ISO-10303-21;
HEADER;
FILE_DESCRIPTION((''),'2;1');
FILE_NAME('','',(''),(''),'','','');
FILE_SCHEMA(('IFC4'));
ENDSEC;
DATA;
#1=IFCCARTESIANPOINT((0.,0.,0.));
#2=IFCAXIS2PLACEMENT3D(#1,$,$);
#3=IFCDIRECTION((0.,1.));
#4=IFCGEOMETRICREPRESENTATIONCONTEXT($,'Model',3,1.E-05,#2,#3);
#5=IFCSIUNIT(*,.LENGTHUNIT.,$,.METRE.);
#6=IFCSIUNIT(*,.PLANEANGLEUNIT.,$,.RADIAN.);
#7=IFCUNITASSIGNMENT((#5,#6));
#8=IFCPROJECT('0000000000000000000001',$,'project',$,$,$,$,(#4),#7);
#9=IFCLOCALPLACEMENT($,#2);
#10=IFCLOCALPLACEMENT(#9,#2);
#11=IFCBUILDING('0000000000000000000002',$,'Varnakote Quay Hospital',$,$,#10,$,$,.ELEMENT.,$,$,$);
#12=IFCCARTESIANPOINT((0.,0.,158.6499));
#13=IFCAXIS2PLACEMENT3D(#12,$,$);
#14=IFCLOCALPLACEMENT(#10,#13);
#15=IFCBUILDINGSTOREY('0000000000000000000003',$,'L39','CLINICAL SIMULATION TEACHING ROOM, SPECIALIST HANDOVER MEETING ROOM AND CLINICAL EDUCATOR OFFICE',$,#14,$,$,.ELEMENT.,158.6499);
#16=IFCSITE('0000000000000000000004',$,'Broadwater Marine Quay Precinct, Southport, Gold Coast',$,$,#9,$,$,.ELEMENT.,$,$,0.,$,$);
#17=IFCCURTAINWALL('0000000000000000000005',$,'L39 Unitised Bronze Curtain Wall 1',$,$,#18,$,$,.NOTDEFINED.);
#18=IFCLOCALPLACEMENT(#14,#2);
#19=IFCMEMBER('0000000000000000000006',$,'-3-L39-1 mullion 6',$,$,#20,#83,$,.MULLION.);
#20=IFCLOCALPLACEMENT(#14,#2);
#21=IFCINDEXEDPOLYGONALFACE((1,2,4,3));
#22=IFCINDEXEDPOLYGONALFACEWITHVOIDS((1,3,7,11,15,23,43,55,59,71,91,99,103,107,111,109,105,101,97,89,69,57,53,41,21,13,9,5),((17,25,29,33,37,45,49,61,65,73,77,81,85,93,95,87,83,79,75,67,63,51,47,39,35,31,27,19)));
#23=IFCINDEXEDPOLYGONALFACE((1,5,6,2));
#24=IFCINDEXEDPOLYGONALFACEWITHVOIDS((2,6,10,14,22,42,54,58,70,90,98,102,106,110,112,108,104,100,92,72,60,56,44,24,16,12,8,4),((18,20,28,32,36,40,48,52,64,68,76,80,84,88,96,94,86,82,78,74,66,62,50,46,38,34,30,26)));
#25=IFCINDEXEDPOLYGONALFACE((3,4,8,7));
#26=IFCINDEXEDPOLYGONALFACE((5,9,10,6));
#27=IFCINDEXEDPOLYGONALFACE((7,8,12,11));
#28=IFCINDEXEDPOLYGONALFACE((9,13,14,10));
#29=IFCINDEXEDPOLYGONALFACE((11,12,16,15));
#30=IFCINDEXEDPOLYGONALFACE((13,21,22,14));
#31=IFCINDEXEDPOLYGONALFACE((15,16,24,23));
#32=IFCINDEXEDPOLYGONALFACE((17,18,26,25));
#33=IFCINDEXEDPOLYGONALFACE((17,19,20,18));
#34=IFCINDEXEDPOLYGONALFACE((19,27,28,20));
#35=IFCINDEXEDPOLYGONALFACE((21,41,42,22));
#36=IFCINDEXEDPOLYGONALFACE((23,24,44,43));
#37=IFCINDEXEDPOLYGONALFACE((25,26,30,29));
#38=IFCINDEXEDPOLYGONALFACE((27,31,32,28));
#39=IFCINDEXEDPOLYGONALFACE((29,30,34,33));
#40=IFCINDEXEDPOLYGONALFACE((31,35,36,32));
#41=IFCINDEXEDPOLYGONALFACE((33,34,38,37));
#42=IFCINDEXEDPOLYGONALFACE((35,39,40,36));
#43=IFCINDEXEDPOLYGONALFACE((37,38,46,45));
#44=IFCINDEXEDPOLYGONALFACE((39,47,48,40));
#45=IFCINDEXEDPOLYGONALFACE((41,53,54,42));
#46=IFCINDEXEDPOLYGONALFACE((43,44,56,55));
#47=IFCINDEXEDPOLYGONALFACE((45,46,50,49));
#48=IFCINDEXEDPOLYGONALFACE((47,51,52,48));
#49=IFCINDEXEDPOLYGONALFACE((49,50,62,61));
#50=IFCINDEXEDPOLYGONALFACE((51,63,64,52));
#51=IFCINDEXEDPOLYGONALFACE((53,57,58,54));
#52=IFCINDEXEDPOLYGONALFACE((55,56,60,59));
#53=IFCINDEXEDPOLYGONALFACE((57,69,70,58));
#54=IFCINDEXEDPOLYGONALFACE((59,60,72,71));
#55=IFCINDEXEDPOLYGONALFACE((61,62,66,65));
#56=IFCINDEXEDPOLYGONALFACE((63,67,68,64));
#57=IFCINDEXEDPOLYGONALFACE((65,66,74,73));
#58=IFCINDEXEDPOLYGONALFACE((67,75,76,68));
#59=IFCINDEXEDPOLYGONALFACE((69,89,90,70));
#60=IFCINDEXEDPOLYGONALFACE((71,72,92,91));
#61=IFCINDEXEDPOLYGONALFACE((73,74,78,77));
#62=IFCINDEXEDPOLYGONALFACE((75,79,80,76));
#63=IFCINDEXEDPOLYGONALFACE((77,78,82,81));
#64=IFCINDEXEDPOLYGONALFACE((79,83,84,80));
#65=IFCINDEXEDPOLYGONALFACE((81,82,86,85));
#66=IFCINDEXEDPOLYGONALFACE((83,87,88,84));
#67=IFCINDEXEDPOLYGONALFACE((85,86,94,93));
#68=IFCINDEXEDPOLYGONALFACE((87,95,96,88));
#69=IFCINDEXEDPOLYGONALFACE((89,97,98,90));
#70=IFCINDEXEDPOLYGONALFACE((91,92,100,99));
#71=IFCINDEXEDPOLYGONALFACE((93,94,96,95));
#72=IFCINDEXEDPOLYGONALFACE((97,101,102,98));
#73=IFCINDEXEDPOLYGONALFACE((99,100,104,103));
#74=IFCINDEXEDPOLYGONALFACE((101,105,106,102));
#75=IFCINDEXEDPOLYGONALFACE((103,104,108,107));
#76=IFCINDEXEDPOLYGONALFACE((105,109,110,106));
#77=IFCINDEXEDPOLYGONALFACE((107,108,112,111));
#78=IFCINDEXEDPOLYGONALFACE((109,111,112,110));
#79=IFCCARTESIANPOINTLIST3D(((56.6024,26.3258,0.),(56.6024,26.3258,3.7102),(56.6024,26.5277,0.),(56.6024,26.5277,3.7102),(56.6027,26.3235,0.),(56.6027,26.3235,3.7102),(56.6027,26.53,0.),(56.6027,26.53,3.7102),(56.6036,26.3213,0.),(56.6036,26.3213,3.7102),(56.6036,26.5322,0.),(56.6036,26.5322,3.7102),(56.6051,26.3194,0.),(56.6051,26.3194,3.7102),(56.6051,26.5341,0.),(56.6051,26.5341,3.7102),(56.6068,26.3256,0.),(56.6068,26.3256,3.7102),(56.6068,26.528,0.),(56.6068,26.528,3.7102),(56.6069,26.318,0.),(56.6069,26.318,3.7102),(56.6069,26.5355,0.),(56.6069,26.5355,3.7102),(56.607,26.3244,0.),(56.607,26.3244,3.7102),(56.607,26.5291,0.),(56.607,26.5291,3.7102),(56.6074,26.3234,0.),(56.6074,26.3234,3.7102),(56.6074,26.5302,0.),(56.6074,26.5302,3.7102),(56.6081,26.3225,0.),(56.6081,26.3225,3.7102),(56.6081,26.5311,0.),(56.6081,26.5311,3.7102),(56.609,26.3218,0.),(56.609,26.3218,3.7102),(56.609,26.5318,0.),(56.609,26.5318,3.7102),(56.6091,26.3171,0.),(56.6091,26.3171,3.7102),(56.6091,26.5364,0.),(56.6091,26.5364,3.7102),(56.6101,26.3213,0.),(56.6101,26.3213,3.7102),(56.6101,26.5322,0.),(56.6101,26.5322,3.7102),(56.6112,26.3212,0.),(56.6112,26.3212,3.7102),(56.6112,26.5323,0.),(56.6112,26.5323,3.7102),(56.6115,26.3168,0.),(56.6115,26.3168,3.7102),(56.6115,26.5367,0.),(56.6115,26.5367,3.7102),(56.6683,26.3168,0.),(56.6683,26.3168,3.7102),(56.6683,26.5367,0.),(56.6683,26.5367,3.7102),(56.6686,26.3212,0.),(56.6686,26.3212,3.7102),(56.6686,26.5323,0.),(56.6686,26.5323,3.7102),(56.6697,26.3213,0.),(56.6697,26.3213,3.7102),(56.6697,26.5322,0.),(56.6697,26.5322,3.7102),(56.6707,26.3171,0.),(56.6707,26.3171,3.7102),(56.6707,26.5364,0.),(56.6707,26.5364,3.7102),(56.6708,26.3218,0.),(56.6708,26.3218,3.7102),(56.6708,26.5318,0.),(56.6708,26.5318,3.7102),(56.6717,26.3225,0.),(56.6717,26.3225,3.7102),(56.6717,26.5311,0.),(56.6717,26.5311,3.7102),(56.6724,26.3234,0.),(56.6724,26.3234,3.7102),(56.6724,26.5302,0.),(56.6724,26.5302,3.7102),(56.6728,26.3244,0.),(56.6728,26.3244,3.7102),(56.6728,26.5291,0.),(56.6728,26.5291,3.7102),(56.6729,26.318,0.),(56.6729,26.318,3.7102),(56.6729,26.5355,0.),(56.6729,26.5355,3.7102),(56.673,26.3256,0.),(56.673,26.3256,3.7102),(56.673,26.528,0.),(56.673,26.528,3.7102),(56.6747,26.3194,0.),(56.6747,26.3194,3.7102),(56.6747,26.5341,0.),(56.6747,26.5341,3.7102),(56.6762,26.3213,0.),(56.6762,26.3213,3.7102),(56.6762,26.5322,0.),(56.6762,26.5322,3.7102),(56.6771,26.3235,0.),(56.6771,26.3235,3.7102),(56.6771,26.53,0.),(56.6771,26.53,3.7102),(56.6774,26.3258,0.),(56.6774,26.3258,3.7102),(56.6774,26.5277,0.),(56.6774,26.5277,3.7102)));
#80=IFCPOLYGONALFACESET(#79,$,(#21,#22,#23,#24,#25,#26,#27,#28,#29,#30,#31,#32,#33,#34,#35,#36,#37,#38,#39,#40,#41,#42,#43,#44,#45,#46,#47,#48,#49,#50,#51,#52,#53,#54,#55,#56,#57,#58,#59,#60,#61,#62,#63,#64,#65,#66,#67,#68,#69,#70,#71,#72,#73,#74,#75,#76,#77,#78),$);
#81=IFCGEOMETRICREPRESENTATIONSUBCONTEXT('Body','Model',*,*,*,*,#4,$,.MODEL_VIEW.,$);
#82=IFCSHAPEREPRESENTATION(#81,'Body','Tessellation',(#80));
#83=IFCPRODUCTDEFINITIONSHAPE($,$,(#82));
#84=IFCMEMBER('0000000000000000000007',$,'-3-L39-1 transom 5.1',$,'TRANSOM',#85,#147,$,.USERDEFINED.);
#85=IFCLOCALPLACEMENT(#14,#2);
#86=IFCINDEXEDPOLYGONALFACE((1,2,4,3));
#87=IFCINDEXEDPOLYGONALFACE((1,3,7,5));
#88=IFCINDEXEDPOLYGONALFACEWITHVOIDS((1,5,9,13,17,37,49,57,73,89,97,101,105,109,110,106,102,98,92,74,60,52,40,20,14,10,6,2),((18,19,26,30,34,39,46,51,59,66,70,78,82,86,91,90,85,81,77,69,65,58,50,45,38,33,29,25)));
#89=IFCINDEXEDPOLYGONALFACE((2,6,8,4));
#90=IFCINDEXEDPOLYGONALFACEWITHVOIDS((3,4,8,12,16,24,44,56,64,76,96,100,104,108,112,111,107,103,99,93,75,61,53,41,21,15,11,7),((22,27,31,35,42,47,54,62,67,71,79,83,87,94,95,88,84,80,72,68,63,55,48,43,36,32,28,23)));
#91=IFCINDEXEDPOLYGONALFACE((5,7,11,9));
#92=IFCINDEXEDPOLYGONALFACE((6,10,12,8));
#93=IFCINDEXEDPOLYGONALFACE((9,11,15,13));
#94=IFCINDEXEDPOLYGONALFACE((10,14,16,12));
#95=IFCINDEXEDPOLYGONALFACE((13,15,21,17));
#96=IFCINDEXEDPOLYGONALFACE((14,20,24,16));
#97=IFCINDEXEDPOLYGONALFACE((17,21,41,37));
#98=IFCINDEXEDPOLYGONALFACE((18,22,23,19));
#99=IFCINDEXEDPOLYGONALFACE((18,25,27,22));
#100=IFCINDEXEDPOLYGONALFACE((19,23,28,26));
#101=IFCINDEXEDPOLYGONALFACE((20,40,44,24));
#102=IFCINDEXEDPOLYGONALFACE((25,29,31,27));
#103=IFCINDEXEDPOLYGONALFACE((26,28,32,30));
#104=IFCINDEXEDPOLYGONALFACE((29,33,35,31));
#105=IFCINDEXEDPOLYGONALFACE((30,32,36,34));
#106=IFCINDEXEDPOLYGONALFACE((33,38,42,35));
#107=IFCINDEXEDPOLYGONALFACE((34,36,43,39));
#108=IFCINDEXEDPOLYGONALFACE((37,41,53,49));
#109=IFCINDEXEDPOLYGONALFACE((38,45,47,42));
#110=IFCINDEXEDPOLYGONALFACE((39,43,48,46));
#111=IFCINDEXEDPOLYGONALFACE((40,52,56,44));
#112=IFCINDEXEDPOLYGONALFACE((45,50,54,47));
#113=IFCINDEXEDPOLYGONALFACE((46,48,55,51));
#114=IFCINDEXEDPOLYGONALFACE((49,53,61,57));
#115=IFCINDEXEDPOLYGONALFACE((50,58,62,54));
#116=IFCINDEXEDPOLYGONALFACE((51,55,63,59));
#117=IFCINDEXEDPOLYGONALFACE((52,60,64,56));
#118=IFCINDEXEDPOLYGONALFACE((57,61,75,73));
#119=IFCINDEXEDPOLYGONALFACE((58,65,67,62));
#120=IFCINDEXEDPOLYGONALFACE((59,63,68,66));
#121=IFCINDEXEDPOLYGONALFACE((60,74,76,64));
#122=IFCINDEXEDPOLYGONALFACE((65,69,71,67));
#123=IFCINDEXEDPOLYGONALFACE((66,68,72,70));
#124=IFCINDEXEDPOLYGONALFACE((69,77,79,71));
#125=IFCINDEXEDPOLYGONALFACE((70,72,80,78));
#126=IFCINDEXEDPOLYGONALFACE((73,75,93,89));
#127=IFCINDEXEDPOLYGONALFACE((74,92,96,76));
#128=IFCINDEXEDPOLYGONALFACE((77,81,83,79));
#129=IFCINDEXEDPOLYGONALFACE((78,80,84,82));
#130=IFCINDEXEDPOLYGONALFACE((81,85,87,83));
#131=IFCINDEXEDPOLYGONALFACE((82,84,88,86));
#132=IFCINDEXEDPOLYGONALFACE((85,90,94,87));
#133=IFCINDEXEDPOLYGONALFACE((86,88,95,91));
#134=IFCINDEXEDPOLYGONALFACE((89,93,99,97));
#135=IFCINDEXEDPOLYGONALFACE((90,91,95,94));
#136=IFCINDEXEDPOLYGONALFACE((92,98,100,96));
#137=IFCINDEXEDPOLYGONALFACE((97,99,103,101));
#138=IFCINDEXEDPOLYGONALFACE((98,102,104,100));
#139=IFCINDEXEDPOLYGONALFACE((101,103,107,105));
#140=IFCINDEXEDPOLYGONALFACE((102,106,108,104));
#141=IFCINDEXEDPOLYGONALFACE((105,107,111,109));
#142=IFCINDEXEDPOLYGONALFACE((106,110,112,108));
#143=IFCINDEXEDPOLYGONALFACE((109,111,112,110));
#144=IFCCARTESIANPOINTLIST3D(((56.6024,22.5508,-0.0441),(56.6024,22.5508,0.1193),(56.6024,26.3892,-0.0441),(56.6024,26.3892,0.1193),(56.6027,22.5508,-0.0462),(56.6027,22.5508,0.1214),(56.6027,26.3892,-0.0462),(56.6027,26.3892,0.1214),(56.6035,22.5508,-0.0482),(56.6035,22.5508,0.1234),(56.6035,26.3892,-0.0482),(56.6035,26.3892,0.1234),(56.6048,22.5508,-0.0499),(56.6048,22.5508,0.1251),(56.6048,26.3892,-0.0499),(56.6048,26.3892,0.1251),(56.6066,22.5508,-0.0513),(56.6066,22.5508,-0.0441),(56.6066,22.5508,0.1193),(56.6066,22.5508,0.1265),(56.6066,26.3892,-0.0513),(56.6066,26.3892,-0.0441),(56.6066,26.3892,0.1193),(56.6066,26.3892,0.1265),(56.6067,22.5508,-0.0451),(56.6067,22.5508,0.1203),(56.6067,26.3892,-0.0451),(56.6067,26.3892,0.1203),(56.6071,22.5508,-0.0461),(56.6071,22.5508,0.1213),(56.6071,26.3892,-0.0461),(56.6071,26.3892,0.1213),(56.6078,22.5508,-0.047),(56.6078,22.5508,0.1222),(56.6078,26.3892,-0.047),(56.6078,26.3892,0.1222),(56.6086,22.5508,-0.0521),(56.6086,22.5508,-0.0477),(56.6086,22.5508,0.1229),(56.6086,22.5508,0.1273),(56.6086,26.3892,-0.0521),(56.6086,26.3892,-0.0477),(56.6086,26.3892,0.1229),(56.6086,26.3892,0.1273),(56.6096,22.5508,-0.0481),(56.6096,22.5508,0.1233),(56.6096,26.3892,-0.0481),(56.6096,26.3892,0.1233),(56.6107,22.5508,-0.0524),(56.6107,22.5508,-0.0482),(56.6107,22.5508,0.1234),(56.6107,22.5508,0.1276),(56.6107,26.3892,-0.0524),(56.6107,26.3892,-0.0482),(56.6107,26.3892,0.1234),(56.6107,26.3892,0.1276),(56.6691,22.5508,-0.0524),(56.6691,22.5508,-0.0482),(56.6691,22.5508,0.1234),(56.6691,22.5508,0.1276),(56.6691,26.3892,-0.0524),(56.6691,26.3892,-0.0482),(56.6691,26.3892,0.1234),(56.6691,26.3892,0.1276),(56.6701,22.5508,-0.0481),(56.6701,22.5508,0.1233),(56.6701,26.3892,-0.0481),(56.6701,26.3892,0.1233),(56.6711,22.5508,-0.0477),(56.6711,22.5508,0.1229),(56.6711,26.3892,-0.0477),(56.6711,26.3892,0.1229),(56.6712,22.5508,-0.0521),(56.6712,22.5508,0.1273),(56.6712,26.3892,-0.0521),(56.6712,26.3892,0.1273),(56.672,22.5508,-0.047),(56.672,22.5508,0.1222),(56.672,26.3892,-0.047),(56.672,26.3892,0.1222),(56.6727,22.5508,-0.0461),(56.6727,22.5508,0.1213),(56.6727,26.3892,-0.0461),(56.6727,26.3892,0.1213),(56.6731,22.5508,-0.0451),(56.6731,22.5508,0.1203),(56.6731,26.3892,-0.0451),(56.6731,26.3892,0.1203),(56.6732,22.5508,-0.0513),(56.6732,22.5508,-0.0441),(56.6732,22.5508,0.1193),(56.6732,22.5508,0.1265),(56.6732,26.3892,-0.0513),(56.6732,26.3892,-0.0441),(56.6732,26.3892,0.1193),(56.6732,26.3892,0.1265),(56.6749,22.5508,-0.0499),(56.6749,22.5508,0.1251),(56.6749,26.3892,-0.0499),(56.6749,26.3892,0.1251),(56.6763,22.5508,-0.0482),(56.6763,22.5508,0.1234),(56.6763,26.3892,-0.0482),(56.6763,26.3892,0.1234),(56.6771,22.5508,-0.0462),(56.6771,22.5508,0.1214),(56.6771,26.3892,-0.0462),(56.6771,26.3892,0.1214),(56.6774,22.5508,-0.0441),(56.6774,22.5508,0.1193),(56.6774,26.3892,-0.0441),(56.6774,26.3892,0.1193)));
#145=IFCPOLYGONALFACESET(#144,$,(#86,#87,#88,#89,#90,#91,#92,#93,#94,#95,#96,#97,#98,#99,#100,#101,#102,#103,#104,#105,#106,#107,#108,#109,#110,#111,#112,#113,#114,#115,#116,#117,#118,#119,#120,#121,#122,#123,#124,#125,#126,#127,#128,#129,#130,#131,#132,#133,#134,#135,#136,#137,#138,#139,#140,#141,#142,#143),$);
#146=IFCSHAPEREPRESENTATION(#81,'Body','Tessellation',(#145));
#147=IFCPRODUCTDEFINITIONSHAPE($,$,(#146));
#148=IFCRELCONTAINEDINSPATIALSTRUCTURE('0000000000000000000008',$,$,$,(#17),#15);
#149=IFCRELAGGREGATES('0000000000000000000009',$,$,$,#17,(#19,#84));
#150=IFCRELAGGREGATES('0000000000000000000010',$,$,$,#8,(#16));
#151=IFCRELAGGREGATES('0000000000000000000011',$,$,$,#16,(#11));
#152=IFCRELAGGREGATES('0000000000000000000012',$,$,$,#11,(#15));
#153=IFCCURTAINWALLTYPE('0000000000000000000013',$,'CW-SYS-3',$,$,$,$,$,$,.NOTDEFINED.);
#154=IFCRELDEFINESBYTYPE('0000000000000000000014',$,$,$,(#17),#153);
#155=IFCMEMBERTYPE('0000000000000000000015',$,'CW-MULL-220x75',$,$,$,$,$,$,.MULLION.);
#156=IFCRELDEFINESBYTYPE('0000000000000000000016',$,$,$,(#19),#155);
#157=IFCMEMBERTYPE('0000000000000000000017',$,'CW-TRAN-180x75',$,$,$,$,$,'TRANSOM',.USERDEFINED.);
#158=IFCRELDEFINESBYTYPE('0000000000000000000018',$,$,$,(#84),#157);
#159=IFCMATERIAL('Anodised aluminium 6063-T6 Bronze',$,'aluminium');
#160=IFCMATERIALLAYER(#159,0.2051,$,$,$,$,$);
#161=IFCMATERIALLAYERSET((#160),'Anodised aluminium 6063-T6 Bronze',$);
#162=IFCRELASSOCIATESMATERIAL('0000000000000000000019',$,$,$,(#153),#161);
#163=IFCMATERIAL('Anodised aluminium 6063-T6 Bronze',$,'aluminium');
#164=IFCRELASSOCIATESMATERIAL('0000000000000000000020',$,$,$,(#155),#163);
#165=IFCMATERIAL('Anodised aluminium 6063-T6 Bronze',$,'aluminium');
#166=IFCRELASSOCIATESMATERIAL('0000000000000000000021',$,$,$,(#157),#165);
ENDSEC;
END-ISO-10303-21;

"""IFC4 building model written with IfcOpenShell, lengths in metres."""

from ifc_helpers import new_model, si_unit, direction, frame, origin, origin_2d, place, context, subcontext, project, spatial, hollow_rectangle, extrude, material, layer, layer_set, material_profile, profile_set, type_object, element, aggregate, save


model = new_model("IFC4")

# Units and contexts
model_context = context("Model", 3, precision=1e-05, world=origin(), true_north=direction((0.0, 1.0)))
body_context = subcontext(model_context, "Body", "Model", "MODEL_VIEW")
ifc_project = project(units=[si_unit("LENGTHUNIT", "METRE"), si_unit("PLANEANGLEUNIT", "RADIAN")], contexts=[model_context])

# Site, building, storey
site_placement = place(None, origin())
site = spatial("IfcSite", under=ifc_project, at=site_placement, Name="Broadwater Marine Quay Precinct, Southport, Gold Coast", CompositionType="ELEMENT", RefElevation=0.0)
building_placement = place(site_placement, origin())
building = spatial("IfcBuilding", under=site, at=building_placement, Name="Varnakote Quay Hospital", CompositionType="ELEMENT")
storey_placement = place(building_placement, frame((0.0, 0.0, 158.6499)))
storey = spatial("IfcBuildingStorey", under=building, at=storey_placement, Name="L39", Description="CLINICAL SIMULATION TEACHING ROOM, SPECIALIST HANDOVER MEETING ROOM AND CLINICAL EDUCATOR OFFICE", CompositionType="ELEMENT", Elevation=158.6499)

# Curtain wall, members
ifc_material_1 = material(Name="Anodised aluminium 6063-T6 Bronze", Category="aluminium")
ifc_layer_1 = layer(ifc_material_1, 0.2051)
ifc_layer_set_1 = layer_set([ifc_layer_1], Name="Anodised aluminium 6063-T6 Bronze")
curtain_wall_type = type_object("IfcCurtainWallType", Name="CW-SYS-3", PredefinedType="NOTDEFINED", material=ifc_layer_set_1)
curtain_wall_placement = place(storey_placement, origin())
curtain_wall = element("IfcCurtainWall", 1, at=curtain_wall_placement, inside=storey, type_object=curtain_wall_type, Name="L39 Unitised Bronze Curtain Wall 1", PredefinedType="NOTDEFINED")
ifc_material_2 = material(Name="Anodised aluminium 6063-T6 Bronze", Category="aluminium")
ifc_material_profile_1 = material_profile(ifc_material_2, hollow_rectangle(XDim=0.075, YDim=0.22, WallThickness=0.0044, InnerFilletRadius=0.0044, OuterFilletRadius=0.009, at=origin_2d()), Name="CW-MULL-220x75")
ifc_profile_set_1 = profile_set([ifc_material_profile_1], Name="Anodised aluminium 6063-T6 Bronze")
member_type_1 = type_object("IfcMemberType", Name="CW-MULL-220x75", PredefinedType="MULLION", material=ifc_profile_set_1)
member_1_placement = place(storey_placement, frame((56.6399, 26.4268, 0.0), z_axis=(0.0, 0.0, 1.0), x_axis=(-1.0, 0.0, 0.0)))
member_1 = element("IfcMember", 2, at=member_1_placement, type_object=member_type_1, Name="-3-L39-1 mullion 6", PredefinedType="MULLION", context=body_context, shape_type="SweptSolid", body=[
    extrude(hollow_rectangle(XDim=0.075, YDim=0.22, WallThickness=0.0044, InnerFilletRadius=0.0044, OuterFilletRadius=0.009, at=origin_2d()), origin(), (0.0, 0.0, 1.0), 3.7102),
])
ifc_material_3 = material(Name="Anodised aluminium 6063-T6 Bronze", Category="aluminium")
ifc_material_profile_2 = material_profile(ifc_material_3, hollow_rectangle(XDim=0.075, YDim=0.1799, WallThickness=0.0042, InnerFilletRadius=0.0042, OuterFilletRadius=0.0083, at=origin_2d()), Name="CW-TRAN-180x75")
ifc_profile_set_2 = profile_set([ifc_material_profile_2], Name="Anodised aluminium 6063-T6 Bronze")
member_type_2 = type_object("IfcMemberType", Name="CW-TRAN-180x75", ElementType="TRANSOM", PredefinedType="USERDEFINED", material=ifc_profile_set_2)
member_2_placement = place(storey_placement, frame((56.6399, 22.5508, 0.0376), z_axis=(0.0, 1.0, 0.0), x_axis=(-1.0, 0.0, 0.0)))
member_2 = element("IfcMember", 3, at=member_2_placement, type_object=member_type_2, Name="-3-L39-1 transom 5.1", ObjectType="TRANSOM", PredefinedType="USERDEFINED", context=body_context, shape_type="SweptSolid", body=[
    extrude(hollow_rectangle(XDim=0.075, YDim=0.1799, WallThickness=0.0042, InnerFilletRadius=0.0042, OuterFilletRadius=0.0083, at=origin_2d()), origin(), (0.0, 0.0, 1.0), 3.8384),
])
aggregate(curtain_wall, [member_1, member_2])

save(model, "model.ifc")
